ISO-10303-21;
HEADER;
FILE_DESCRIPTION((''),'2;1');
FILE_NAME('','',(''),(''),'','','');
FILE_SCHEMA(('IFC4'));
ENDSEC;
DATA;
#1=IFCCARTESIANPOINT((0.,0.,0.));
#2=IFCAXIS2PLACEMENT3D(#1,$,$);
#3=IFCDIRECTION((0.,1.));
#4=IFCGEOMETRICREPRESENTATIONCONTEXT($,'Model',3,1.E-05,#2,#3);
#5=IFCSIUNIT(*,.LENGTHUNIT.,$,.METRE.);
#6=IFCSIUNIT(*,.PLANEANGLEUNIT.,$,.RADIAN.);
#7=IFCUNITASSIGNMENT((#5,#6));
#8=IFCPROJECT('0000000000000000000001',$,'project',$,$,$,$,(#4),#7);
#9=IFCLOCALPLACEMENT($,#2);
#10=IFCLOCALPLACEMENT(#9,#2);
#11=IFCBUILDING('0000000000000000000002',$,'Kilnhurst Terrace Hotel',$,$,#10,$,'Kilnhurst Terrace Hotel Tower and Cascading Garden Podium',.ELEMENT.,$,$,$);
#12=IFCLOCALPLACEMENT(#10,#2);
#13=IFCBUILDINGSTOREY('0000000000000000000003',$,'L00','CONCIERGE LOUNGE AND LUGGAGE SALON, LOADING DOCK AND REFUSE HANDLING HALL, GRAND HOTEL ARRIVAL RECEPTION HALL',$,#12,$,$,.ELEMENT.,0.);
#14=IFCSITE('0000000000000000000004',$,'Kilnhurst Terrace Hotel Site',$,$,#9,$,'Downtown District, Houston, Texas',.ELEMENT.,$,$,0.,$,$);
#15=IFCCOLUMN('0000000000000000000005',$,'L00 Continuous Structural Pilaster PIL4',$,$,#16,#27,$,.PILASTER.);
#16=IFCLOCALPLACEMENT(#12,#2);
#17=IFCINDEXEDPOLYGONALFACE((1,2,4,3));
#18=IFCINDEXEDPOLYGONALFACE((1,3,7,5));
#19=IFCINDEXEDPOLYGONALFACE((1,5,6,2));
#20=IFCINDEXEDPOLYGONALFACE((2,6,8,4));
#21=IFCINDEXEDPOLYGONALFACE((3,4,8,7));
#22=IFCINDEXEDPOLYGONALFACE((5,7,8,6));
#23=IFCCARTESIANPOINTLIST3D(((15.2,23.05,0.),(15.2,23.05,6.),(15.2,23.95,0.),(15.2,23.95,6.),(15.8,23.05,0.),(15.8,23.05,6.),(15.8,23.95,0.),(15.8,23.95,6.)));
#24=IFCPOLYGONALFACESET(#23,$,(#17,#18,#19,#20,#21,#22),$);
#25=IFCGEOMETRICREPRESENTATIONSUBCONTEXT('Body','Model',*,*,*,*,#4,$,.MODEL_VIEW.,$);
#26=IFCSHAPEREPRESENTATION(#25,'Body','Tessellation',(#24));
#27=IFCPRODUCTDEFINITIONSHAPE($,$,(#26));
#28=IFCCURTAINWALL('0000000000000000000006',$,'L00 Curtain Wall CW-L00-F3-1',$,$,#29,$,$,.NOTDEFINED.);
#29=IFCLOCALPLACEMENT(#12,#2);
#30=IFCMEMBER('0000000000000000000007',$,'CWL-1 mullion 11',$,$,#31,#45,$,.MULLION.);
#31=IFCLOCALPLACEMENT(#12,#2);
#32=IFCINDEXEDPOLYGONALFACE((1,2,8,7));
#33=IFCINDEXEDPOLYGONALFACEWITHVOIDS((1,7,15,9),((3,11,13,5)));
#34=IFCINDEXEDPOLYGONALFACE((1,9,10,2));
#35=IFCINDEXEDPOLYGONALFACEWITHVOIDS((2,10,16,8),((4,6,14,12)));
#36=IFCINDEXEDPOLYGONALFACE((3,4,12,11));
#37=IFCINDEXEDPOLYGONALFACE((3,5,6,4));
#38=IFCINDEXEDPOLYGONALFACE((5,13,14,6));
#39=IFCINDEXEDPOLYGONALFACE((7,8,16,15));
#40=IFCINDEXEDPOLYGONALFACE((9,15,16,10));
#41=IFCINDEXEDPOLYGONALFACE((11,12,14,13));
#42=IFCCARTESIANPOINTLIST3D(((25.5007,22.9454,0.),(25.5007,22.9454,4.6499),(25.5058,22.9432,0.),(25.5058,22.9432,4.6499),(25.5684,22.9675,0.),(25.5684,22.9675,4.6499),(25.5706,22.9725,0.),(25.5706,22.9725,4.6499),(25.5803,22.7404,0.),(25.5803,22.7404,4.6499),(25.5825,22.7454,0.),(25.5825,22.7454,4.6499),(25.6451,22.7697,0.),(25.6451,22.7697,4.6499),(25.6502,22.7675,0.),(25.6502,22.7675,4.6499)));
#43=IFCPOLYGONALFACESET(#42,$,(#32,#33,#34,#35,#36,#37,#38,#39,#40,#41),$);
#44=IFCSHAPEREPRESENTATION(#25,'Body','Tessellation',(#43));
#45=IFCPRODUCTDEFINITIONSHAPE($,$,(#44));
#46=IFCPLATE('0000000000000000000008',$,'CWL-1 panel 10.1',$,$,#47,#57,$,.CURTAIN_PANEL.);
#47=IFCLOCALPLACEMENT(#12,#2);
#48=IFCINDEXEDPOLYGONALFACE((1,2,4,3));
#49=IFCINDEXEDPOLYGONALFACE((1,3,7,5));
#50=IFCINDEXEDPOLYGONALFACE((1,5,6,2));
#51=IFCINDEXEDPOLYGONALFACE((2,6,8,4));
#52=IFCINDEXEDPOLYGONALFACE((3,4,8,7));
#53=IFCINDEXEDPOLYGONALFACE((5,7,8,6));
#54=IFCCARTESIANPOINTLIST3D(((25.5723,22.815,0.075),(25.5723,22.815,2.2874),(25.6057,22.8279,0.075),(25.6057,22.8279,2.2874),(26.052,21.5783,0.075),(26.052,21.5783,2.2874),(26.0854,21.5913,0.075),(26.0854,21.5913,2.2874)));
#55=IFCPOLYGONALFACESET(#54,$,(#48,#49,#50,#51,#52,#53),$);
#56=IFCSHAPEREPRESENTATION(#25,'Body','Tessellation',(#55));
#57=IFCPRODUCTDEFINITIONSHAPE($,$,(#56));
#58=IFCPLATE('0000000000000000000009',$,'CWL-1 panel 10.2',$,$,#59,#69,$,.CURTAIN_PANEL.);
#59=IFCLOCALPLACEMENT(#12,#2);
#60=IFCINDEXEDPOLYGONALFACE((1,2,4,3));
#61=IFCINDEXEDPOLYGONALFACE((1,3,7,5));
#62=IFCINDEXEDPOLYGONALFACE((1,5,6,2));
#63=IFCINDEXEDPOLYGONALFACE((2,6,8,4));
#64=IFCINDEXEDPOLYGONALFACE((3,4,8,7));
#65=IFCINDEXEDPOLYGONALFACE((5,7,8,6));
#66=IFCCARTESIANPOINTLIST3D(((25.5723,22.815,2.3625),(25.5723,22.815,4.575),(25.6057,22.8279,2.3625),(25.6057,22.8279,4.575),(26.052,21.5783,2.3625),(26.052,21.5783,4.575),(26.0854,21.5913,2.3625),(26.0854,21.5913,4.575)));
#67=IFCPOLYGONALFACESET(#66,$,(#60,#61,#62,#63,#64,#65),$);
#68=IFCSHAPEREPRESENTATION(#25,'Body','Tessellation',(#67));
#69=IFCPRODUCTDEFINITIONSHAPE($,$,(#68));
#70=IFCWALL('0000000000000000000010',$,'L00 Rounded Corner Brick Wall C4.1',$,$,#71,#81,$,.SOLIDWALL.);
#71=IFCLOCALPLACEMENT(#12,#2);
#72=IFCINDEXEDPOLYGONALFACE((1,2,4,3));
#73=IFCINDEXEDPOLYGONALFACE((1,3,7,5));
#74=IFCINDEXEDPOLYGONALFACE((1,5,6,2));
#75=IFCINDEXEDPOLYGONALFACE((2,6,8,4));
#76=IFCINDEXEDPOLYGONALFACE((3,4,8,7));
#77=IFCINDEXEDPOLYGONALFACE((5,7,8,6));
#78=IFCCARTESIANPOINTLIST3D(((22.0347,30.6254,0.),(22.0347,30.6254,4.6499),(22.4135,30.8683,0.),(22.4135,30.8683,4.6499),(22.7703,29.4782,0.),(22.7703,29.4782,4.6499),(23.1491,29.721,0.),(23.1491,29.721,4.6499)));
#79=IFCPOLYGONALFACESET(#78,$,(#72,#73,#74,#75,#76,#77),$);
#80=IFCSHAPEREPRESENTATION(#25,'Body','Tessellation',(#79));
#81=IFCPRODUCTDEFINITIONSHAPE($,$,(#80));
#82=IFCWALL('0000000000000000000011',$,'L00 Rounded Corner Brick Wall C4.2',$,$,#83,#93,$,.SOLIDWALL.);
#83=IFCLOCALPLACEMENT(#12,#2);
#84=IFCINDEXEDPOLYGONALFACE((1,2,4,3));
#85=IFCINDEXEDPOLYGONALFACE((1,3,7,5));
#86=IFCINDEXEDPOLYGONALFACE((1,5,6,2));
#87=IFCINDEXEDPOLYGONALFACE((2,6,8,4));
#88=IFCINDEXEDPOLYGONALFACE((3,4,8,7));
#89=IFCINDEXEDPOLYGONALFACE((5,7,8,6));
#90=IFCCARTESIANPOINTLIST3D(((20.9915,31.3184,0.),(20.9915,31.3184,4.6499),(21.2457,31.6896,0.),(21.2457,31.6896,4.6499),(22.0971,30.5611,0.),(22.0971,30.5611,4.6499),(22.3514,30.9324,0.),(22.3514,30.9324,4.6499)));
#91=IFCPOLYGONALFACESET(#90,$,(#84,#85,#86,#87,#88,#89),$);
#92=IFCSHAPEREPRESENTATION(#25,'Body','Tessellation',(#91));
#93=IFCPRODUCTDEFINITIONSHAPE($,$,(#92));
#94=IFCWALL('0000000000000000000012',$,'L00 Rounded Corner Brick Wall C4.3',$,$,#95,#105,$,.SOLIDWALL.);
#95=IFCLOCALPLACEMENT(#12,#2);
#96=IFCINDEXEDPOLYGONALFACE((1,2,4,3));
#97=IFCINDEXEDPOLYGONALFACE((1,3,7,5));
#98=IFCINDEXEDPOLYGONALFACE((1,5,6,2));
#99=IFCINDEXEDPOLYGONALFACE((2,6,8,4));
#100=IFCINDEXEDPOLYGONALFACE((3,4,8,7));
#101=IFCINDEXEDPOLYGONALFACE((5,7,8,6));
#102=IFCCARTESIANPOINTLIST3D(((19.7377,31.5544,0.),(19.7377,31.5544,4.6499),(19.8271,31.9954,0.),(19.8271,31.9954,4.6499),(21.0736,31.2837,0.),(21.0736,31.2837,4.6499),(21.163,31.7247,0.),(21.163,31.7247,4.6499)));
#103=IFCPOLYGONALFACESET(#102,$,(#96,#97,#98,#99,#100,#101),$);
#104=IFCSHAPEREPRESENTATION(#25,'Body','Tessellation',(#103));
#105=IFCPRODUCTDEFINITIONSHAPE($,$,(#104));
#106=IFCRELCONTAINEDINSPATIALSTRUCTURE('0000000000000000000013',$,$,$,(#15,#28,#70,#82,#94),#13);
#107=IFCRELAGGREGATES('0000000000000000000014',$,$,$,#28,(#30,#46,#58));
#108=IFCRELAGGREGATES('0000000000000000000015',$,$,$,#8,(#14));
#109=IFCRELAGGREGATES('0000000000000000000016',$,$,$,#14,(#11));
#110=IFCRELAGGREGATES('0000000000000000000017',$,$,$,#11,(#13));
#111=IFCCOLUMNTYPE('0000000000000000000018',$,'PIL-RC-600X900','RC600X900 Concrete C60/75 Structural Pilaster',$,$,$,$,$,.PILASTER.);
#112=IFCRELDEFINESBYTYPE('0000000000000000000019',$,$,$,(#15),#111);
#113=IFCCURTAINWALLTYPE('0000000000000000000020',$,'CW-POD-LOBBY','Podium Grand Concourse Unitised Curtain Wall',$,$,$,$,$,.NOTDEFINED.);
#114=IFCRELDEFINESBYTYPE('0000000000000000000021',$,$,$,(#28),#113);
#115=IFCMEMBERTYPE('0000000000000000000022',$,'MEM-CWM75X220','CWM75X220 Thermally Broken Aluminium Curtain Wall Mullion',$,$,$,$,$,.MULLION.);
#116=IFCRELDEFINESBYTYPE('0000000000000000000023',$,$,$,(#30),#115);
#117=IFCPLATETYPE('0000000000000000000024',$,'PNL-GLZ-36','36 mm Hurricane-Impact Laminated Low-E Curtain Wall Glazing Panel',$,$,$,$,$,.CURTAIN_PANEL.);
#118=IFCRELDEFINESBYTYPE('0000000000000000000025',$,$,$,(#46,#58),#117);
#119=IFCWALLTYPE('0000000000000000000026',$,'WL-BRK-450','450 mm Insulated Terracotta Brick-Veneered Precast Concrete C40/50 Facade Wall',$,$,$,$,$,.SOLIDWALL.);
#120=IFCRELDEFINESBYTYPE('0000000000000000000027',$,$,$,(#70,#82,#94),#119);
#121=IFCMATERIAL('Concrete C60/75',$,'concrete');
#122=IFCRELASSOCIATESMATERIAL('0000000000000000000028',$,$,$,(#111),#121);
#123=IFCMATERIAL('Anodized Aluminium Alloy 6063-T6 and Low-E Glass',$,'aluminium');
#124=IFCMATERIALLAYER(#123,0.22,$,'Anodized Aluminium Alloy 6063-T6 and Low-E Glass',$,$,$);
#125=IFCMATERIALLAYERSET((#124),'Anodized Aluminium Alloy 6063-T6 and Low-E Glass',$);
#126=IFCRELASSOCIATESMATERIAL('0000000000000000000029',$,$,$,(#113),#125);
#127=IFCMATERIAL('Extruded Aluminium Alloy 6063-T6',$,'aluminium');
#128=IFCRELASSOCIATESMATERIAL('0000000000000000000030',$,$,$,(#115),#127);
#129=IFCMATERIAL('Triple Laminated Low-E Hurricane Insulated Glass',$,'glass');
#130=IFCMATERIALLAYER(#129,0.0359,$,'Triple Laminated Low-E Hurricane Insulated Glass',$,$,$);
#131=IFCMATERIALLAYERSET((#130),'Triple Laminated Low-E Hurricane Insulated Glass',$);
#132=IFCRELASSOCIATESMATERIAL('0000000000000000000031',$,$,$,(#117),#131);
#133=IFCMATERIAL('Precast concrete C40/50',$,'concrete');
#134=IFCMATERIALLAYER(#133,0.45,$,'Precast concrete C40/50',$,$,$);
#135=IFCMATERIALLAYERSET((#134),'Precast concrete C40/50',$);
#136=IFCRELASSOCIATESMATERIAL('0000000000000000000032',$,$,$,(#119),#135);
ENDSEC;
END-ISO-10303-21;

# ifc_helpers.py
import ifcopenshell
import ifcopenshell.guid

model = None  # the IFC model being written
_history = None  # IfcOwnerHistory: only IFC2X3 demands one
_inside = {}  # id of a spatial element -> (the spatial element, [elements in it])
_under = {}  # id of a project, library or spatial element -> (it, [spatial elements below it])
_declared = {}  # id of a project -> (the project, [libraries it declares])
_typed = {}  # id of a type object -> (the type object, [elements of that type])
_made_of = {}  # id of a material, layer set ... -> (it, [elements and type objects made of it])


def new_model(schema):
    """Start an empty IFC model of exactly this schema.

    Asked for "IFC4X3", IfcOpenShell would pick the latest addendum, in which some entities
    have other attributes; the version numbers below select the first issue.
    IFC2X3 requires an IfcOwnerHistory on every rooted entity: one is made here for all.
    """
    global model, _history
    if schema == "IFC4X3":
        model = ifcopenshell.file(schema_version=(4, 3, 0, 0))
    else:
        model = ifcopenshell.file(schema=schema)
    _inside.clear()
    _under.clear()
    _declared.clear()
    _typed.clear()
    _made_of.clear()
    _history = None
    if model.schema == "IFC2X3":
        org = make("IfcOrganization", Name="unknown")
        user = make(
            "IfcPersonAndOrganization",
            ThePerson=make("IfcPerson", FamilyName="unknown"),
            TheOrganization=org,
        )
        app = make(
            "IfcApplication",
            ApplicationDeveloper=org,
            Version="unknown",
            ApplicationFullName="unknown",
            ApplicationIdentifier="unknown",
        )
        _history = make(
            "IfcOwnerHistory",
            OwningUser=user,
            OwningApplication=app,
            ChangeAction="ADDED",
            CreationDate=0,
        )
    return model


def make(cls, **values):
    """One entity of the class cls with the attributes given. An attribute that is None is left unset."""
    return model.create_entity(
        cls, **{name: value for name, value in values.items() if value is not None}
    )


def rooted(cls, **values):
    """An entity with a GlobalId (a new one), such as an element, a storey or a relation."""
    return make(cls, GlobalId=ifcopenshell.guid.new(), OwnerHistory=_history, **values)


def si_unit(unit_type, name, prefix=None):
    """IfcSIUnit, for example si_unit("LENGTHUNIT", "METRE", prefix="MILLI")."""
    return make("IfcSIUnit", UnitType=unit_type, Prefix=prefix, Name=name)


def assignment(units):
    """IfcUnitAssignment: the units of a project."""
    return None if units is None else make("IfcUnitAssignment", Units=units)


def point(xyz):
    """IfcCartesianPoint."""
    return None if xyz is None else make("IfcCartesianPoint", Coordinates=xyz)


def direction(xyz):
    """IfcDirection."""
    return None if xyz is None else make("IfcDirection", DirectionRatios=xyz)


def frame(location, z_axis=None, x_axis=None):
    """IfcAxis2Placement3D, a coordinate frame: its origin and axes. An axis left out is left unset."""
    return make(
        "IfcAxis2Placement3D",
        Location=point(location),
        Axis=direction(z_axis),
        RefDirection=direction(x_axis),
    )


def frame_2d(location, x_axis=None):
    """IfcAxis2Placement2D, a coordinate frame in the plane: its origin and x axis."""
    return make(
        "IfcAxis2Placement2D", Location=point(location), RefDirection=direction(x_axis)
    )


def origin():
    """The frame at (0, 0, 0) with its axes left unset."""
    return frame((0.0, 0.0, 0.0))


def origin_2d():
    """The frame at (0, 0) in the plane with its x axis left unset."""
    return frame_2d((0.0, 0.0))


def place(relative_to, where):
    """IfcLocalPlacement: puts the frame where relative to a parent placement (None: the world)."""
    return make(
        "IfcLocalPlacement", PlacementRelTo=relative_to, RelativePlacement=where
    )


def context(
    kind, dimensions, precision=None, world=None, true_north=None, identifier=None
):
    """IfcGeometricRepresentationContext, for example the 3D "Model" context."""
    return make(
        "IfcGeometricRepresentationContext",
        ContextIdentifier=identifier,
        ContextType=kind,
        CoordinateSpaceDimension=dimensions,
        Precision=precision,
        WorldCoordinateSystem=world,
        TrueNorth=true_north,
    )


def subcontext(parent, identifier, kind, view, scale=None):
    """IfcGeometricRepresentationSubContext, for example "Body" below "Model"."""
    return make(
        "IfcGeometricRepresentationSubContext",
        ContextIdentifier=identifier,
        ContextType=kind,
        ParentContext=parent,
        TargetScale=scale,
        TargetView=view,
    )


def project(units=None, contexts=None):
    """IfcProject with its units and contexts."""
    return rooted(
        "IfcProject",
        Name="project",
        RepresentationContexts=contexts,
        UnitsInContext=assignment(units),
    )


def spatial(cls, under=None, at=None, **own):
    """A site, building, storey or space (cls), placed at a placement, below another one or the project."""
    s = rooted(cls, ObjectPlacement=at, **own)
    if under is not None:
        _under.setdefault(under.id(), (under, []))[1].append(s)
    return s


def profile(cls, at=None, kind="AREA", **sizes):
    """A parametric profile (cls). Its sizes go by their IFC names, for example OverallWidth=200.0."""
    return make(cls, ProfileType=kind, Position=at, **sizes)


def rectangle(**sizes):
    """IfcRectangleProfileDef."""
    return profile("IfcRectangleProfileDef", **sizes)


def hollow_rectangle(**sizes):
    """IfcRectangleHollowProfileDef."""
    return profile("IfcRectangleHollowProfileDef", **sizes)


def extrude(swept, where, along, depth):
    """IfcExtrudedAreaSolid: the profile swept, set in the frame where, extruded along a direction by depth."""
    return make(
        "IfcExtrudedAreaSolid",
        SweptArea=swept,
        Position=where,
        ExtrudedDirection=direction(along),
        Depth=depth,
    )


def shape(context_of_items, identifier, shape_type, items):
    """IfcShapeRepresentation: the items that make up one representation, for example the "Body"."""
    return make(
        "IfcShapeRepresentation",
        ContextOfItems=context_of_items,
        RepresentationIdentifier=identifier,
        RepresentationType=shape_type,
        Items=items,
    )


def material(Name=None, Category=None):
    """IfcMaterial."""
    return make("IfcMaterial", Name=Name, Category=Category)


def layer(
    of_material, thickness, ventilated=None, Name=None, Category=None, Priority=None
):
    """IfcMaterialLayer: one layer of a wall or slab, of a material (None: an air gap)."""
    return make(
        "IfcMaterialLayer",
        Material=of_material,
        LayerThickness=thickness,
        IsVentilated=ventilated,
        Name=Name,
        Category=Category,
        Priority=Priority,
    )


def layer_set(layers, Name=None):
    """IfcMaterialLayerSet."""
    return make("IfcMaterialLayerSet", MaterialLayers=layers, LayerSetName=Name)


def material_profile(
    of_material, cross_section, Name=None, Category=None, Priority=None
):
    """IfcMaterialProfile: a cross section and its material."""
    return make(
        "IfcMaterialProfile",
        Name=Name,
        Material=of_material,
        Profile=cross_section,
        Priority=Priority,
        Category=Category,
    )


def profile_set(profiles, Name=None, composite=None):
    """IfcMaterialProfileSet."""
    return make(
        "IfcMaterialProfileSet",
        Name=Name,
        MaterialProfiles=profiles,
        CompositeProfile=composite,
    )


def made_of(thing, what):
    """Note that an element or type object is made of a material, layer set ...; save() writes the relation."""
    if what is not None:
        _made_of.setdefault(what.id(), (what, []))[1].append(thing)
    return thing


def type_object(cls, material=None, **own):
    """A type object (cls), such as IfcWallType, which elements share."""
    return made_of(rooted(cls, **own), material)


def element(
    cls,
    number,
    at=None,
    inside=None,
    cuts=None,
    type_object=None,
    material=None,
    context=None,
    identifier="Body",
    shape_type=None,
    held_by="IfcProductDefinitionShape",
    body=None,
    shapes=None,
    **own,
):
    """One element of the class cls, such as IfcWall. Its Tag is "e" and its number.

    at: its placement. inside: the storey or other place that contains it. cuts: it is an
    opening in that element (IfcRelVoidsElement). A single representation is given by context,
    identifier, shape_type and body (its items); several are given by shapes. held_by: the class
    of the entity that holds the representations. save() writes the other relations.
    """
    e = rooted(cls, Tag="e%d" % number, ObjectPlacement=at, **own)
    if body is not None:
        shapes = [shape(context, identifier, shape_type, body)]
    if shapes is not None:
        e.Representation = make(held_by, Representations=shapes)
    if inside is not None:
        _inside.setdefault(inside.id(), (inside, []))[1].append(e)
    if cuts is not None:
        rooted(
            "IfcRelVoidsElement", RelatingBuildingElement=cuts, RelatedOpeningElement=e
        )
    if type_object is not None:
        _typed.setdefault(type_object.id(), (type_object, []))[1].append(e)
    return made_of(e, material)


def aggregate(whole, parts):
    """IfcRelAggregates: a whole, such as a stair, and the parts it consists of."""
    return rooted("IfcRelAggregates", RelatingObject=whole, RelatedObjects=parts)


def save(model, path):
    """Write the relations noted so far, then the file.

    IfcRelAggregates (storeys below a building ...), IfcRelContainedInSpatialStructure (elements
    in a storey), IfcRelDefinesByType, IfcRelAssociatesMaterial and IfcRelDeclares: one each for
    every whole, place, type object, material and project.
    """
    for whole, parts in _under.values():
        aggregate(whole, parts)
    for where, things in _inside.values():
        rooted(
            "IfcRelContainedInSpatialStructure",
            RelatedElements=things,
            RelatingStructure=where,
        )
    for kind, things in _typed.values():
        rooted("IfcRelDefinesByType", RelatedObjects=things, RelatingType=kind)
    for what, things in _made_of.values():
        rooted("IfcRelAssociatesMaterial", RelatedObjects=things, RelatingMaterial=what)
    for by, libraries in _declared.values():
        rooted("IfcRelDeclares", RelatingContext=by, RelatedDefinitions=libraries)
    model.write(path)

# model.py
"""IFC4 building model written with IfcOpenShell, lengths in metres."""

from ifc_helpers import new_model, si_unit, direction, frame, frame_2d, origin, origin_2d, place, context, subcontext, project, spatial, rectangle, hollow_rectangle, extrude, material, layer, layer_set, material_profile, profile_set, type_object, element, aggregate, save


model = new_model("IFC4")

# Units and contexts
model_context = context("Model", 3, precision=1e-05, world=origin(), true_north=direction((0.0, 1.0)))
body_context = subcontext(model_context, "Body", "Model", "MODEL_VIEW")
ifc_project = project(units=[si_unit("LENGTHUNIT", "METRE"), si_unit("PLANEANGLEUNIT", "RADIAN")], contexts=[model_context])

# Site, building, storey
site_placement = place(None, origin())
site = spatial("IfcSite", under=ifc_project, at=site_placement, Name="Kilnhurst Terrace Hotel Site", LongName="Downtown District, Houston, Texas", CompositionType="ELEMENT", RefElevation=0.0)
building_placement = place(site_placement, origin())
building = spatial("IfcBuilding", under=site, at=building_placement, Name="Kilnhurst Terrace Hotel", LongName="Kilnhurst Terrace Hotel Tower and Cascading Garden Podium", CompositionType="ELEMENT")
storey_placement = place(building_placement, origin())
storey = spatial("IfcBuildingStorey", under=building, at=storey_placement, Name="L00", Description="CONCIERGE LOUNGE AND LUGGAGE SALON, LOADING DOCK AND REFUSE HANDLING HALL, GRAND HOTEL ARRIVAL RECEPTION HALL", CompositionType="ELEMENT", Elevation=0.0)

# Column
ifc_material_1 = material(Name="Concrete C60/75", Category="concrete")
ifc_material_profile_1 = material_profile(ifc_material_1, rectangle(XDim=0.6001, YDim=0.8999, at=origin_2d()), Name="RC600X900")
ifc_profile_set_1 = profile_set([ifc_material_profile_1], Name="Concrete C60/75")
column_type = type_object("IfcColumnType", Name="PIL-RC-600X900", Description="RC600X900 Concrete C60/75 Structural Pilaster", PredefinedType="PILASTER", material=ifc_profile_set_1)
column_placement = place(storey_placement, frame((15.5, 23.5, 0.0), z_axis=(0.0, 0.0, 1.0), x_axis=(1.0, 0.0, 0.0)))
element("IfcColumn", 1, at=column_placement, inside=storey, type_object=column_type, Name="L00 Continuous Structural Pilaster PIL4", PredefinedType="PILASTER", context=body_context, shape_type="SweptSolid", body=[
    extrude(rectangle(XDim=0.6001, YDim=0.8999, at=origin_2d()), origin(), (0.0, 0.0, 1.0), 6.0),
])

# Curtain wall, member, plates
ifc_material_2 = material(Name="Anodized Aluminium Alloy 6063-T6 and Low-E Glass", Category="aluminium")
ifc_layer_1 = layer(ifc_material_2, 0.22, Name="Anodized Aluminium Alloy 6063-T6 and Low-E Glass")
ifc_layer_set_1 = layer_set([ifc_layer_1], Name="Anodized Aluminium Alloy 6063-T6 and Low-E Glass")
curtain_wall_type = type_object("IfcCurtainWallType", Name="CW-POD-LOBBY", Description="Podium Grand Concourse Unitised Curtain Wall", PredefinedType="NOTDEFINED", material=ifc_layer_set_1)
curtain_wall_placement = place(storey_placement, origin())
curtain_wall = element("IfcCurtainWall", 2, at=curtain_wall_placement, inside=storey, type_object=curtain_wall_type, Name="L00 Curtain Wall CW-L00-F3-1", PredefinedType="NOTDEFINED")
ifc_material_3 = material(Name="Extruded Aluminium Alloy 6063-T6", Category="aluminium")
ifc_material_profile_2 = material_profile(ifc_material_3, hollow_rectangle(XDim=0.075, YDim=0.22, WallThickness=0.0039, at=origin_2d()), Name="CWM75X220")
ifc_profile_set_2 = profile_set([ifc_material_profile_2], Name="Extruded Aluminium Alloy 6063-T6")
member_type = type_object("IfcMemberType", Name="MEM-CWM75X220", Description="CWM75X220 Thermally Broken Aluminium Curtain Wall Mullion", PredefinedType="MULLION", material=ifc_profile_set_2)
member_placement = place(storey_placement, frame((25.5754, 22.8564, 0.0), z_axis=(0.0, 0.0, 1.0), x_axis=(-0.932318, -0.361639, 0.0)))
member = element("IfcMember", 3, at=member_placement, type_object=member_type, Name="CWL-1 mullion 11", PredefinedType="MULLION", context=body_context, shape_type="SweptSolid", body=[
    extrude(hollow_rectangle(XDim=0.075, YDim=0.22, WallThickness=0.0039, at=origin_2d()), origin(), (0.0, 0.0, 1.0), 4.6499),
])
ifc_material_4 = material(Name="Triple Laminated Low-E Hurricane Insulated Glass", Category="glass")
ifc_layer_2 = layer(ifc_material_4, 0.0359, Name="Triple Laminated Low-E Hurricane Insulated Glass")
ifc_layer_set_2 = layer_set([ifc_layer_2], Name="Triple Laminated Low-E Hurricane Insulated Glass")
plate_type = type_object("IfcPlateType", Name="PNL-GLZ-36", Description="36 mm Hurricane-Impact Laminated Low-E Curtain Wall Glazing Panel", PredefinedType="CURTAIN_PANEL", material=ifc_layer_set_2)
plate_1_placement = place(storey_placement, frame((25.8289, 22.2031, 0.075), z_axis=(0.0, 0.0, 1.0), x_axis=(-0.361639, 0.932318, 0.0)))
plate_1 = element("IfcPlate", 4, at=plate_1_placement, type_object=plate_type, Name="CWL-1 panel 10.1", PredefinedType="CURTAIN_PANEL", context=body_context, shape_type="SweptSolid", body=[
    extrude(rectangle(XDim=1.3264, YDim=0.0359, at=origin_2d()), origin(), (0.0, 0.0, 1.0), 2.2124),
])
plate_2_placement = place(storey_placement, frame((25.8289, 22.2031, 2.3625), z_axis=(0.0, 0.0, 1.0), x_axis=(-0.361639, 0.932318, 0.0)))
plate_2 = element("IfcPlate", 5, at=plate_2_placement, type_object=plate_type, Name="CWL-1 panel 10.2", PredefinedType="CURTAIN_PANEL", context=body_context, shape_type="SweptSolid", body=[
    extrude(rectangle(XDim=1.3264, YDim=0.0359, at=origin_2d()), origin(), (0.0, 0.0, 1.0), 2.2124),
])
aggregate(curtain_wall, [member, plate_1, plate_2])

# Walls
ifc_material_5 = material(Name="Precast concrete C40/50", Category="concrete")
ifc_layer_3 = layer(ifc_material_5, 0.45, Name="Precast concrete C40/50")
ifc_layer_set_3 = layer_set([ifc_layer_3], Name="Precast concrete C40/50")
wall_type = type_object("IfcWallType", Name="WL-BRK-450", Description="450 mm Insulated Terracotta Brick-Veneered Precast Concrete C40/50 Facade Wall", PredefinedType="SOLIDWALL", material=ifc_layer_set_3)
wall_1_placement = place(storey_placement, frame((22.9597, 29.5996, 0.0), z_axis=(0.0, 0.0, 1.0), x_axis=(-0.53977, 0.841812, 0.0)))
element("IfcWall", 6, at=wall_1_placement, inside=storey, type_object=wall_type, Name="L00 Rounded Corner Brick Wall C4.1", PredefinedType="SOLIDWALL", context=body_context, shape_type="SweptSolid", body=[
    extrude(rectangle(XDim=1.3628, YDim=0.45, at=frame_2d((0.6814, 0.0))), origin(), (0.0, 0.0, 1.0), 4.6499),
])
wall_2_placement = place(storey_placement, frame((22.2241, 30.7468, 0.0), z_axis=(0.0, 0.0, 1.0), x_axis=(-0.825035, 0.565082, 0.0)))
element("IfcWall", 7, at=wall_2_placement, inside=storey, type_object=wall_type, Name="L00 Rounded Corner Brick Wall C4.2", PredefinedType="SOLIDWALL", context=body_context, shape_type="SweptSolid", body=[
    extrude(rectangle(XDim=1.3401, YDim=0.45, at=frame_2d((0.6699, 0.0))), origin(), (0.0, 0.0, 1.0), 4.6499),
])
wall_3_placement = place(storey_placement, frame((21.1184, 31.5042, 0.0), z_axis=(0.0, 0.0, 1.0), x_axis=(-0.980075, 0.19863, 0.0)))
element("IfcWall", 8, at=wall_3_placement, inside=storey, type_object=wall_type, Name="L00 Rounded Corner Brick Wall C4.3", PredefinedType="SOLIDWALL", context=body_context, shape_type="SweptSolid", body=[
    extrude(rectangle(XDim=1.363, YDim=0.45, at=frame_2d((0.6816, 0.0))), origin(), (0.0, 0.0, 1.0), 4.6499),
])

save(model, "model.ifc")
